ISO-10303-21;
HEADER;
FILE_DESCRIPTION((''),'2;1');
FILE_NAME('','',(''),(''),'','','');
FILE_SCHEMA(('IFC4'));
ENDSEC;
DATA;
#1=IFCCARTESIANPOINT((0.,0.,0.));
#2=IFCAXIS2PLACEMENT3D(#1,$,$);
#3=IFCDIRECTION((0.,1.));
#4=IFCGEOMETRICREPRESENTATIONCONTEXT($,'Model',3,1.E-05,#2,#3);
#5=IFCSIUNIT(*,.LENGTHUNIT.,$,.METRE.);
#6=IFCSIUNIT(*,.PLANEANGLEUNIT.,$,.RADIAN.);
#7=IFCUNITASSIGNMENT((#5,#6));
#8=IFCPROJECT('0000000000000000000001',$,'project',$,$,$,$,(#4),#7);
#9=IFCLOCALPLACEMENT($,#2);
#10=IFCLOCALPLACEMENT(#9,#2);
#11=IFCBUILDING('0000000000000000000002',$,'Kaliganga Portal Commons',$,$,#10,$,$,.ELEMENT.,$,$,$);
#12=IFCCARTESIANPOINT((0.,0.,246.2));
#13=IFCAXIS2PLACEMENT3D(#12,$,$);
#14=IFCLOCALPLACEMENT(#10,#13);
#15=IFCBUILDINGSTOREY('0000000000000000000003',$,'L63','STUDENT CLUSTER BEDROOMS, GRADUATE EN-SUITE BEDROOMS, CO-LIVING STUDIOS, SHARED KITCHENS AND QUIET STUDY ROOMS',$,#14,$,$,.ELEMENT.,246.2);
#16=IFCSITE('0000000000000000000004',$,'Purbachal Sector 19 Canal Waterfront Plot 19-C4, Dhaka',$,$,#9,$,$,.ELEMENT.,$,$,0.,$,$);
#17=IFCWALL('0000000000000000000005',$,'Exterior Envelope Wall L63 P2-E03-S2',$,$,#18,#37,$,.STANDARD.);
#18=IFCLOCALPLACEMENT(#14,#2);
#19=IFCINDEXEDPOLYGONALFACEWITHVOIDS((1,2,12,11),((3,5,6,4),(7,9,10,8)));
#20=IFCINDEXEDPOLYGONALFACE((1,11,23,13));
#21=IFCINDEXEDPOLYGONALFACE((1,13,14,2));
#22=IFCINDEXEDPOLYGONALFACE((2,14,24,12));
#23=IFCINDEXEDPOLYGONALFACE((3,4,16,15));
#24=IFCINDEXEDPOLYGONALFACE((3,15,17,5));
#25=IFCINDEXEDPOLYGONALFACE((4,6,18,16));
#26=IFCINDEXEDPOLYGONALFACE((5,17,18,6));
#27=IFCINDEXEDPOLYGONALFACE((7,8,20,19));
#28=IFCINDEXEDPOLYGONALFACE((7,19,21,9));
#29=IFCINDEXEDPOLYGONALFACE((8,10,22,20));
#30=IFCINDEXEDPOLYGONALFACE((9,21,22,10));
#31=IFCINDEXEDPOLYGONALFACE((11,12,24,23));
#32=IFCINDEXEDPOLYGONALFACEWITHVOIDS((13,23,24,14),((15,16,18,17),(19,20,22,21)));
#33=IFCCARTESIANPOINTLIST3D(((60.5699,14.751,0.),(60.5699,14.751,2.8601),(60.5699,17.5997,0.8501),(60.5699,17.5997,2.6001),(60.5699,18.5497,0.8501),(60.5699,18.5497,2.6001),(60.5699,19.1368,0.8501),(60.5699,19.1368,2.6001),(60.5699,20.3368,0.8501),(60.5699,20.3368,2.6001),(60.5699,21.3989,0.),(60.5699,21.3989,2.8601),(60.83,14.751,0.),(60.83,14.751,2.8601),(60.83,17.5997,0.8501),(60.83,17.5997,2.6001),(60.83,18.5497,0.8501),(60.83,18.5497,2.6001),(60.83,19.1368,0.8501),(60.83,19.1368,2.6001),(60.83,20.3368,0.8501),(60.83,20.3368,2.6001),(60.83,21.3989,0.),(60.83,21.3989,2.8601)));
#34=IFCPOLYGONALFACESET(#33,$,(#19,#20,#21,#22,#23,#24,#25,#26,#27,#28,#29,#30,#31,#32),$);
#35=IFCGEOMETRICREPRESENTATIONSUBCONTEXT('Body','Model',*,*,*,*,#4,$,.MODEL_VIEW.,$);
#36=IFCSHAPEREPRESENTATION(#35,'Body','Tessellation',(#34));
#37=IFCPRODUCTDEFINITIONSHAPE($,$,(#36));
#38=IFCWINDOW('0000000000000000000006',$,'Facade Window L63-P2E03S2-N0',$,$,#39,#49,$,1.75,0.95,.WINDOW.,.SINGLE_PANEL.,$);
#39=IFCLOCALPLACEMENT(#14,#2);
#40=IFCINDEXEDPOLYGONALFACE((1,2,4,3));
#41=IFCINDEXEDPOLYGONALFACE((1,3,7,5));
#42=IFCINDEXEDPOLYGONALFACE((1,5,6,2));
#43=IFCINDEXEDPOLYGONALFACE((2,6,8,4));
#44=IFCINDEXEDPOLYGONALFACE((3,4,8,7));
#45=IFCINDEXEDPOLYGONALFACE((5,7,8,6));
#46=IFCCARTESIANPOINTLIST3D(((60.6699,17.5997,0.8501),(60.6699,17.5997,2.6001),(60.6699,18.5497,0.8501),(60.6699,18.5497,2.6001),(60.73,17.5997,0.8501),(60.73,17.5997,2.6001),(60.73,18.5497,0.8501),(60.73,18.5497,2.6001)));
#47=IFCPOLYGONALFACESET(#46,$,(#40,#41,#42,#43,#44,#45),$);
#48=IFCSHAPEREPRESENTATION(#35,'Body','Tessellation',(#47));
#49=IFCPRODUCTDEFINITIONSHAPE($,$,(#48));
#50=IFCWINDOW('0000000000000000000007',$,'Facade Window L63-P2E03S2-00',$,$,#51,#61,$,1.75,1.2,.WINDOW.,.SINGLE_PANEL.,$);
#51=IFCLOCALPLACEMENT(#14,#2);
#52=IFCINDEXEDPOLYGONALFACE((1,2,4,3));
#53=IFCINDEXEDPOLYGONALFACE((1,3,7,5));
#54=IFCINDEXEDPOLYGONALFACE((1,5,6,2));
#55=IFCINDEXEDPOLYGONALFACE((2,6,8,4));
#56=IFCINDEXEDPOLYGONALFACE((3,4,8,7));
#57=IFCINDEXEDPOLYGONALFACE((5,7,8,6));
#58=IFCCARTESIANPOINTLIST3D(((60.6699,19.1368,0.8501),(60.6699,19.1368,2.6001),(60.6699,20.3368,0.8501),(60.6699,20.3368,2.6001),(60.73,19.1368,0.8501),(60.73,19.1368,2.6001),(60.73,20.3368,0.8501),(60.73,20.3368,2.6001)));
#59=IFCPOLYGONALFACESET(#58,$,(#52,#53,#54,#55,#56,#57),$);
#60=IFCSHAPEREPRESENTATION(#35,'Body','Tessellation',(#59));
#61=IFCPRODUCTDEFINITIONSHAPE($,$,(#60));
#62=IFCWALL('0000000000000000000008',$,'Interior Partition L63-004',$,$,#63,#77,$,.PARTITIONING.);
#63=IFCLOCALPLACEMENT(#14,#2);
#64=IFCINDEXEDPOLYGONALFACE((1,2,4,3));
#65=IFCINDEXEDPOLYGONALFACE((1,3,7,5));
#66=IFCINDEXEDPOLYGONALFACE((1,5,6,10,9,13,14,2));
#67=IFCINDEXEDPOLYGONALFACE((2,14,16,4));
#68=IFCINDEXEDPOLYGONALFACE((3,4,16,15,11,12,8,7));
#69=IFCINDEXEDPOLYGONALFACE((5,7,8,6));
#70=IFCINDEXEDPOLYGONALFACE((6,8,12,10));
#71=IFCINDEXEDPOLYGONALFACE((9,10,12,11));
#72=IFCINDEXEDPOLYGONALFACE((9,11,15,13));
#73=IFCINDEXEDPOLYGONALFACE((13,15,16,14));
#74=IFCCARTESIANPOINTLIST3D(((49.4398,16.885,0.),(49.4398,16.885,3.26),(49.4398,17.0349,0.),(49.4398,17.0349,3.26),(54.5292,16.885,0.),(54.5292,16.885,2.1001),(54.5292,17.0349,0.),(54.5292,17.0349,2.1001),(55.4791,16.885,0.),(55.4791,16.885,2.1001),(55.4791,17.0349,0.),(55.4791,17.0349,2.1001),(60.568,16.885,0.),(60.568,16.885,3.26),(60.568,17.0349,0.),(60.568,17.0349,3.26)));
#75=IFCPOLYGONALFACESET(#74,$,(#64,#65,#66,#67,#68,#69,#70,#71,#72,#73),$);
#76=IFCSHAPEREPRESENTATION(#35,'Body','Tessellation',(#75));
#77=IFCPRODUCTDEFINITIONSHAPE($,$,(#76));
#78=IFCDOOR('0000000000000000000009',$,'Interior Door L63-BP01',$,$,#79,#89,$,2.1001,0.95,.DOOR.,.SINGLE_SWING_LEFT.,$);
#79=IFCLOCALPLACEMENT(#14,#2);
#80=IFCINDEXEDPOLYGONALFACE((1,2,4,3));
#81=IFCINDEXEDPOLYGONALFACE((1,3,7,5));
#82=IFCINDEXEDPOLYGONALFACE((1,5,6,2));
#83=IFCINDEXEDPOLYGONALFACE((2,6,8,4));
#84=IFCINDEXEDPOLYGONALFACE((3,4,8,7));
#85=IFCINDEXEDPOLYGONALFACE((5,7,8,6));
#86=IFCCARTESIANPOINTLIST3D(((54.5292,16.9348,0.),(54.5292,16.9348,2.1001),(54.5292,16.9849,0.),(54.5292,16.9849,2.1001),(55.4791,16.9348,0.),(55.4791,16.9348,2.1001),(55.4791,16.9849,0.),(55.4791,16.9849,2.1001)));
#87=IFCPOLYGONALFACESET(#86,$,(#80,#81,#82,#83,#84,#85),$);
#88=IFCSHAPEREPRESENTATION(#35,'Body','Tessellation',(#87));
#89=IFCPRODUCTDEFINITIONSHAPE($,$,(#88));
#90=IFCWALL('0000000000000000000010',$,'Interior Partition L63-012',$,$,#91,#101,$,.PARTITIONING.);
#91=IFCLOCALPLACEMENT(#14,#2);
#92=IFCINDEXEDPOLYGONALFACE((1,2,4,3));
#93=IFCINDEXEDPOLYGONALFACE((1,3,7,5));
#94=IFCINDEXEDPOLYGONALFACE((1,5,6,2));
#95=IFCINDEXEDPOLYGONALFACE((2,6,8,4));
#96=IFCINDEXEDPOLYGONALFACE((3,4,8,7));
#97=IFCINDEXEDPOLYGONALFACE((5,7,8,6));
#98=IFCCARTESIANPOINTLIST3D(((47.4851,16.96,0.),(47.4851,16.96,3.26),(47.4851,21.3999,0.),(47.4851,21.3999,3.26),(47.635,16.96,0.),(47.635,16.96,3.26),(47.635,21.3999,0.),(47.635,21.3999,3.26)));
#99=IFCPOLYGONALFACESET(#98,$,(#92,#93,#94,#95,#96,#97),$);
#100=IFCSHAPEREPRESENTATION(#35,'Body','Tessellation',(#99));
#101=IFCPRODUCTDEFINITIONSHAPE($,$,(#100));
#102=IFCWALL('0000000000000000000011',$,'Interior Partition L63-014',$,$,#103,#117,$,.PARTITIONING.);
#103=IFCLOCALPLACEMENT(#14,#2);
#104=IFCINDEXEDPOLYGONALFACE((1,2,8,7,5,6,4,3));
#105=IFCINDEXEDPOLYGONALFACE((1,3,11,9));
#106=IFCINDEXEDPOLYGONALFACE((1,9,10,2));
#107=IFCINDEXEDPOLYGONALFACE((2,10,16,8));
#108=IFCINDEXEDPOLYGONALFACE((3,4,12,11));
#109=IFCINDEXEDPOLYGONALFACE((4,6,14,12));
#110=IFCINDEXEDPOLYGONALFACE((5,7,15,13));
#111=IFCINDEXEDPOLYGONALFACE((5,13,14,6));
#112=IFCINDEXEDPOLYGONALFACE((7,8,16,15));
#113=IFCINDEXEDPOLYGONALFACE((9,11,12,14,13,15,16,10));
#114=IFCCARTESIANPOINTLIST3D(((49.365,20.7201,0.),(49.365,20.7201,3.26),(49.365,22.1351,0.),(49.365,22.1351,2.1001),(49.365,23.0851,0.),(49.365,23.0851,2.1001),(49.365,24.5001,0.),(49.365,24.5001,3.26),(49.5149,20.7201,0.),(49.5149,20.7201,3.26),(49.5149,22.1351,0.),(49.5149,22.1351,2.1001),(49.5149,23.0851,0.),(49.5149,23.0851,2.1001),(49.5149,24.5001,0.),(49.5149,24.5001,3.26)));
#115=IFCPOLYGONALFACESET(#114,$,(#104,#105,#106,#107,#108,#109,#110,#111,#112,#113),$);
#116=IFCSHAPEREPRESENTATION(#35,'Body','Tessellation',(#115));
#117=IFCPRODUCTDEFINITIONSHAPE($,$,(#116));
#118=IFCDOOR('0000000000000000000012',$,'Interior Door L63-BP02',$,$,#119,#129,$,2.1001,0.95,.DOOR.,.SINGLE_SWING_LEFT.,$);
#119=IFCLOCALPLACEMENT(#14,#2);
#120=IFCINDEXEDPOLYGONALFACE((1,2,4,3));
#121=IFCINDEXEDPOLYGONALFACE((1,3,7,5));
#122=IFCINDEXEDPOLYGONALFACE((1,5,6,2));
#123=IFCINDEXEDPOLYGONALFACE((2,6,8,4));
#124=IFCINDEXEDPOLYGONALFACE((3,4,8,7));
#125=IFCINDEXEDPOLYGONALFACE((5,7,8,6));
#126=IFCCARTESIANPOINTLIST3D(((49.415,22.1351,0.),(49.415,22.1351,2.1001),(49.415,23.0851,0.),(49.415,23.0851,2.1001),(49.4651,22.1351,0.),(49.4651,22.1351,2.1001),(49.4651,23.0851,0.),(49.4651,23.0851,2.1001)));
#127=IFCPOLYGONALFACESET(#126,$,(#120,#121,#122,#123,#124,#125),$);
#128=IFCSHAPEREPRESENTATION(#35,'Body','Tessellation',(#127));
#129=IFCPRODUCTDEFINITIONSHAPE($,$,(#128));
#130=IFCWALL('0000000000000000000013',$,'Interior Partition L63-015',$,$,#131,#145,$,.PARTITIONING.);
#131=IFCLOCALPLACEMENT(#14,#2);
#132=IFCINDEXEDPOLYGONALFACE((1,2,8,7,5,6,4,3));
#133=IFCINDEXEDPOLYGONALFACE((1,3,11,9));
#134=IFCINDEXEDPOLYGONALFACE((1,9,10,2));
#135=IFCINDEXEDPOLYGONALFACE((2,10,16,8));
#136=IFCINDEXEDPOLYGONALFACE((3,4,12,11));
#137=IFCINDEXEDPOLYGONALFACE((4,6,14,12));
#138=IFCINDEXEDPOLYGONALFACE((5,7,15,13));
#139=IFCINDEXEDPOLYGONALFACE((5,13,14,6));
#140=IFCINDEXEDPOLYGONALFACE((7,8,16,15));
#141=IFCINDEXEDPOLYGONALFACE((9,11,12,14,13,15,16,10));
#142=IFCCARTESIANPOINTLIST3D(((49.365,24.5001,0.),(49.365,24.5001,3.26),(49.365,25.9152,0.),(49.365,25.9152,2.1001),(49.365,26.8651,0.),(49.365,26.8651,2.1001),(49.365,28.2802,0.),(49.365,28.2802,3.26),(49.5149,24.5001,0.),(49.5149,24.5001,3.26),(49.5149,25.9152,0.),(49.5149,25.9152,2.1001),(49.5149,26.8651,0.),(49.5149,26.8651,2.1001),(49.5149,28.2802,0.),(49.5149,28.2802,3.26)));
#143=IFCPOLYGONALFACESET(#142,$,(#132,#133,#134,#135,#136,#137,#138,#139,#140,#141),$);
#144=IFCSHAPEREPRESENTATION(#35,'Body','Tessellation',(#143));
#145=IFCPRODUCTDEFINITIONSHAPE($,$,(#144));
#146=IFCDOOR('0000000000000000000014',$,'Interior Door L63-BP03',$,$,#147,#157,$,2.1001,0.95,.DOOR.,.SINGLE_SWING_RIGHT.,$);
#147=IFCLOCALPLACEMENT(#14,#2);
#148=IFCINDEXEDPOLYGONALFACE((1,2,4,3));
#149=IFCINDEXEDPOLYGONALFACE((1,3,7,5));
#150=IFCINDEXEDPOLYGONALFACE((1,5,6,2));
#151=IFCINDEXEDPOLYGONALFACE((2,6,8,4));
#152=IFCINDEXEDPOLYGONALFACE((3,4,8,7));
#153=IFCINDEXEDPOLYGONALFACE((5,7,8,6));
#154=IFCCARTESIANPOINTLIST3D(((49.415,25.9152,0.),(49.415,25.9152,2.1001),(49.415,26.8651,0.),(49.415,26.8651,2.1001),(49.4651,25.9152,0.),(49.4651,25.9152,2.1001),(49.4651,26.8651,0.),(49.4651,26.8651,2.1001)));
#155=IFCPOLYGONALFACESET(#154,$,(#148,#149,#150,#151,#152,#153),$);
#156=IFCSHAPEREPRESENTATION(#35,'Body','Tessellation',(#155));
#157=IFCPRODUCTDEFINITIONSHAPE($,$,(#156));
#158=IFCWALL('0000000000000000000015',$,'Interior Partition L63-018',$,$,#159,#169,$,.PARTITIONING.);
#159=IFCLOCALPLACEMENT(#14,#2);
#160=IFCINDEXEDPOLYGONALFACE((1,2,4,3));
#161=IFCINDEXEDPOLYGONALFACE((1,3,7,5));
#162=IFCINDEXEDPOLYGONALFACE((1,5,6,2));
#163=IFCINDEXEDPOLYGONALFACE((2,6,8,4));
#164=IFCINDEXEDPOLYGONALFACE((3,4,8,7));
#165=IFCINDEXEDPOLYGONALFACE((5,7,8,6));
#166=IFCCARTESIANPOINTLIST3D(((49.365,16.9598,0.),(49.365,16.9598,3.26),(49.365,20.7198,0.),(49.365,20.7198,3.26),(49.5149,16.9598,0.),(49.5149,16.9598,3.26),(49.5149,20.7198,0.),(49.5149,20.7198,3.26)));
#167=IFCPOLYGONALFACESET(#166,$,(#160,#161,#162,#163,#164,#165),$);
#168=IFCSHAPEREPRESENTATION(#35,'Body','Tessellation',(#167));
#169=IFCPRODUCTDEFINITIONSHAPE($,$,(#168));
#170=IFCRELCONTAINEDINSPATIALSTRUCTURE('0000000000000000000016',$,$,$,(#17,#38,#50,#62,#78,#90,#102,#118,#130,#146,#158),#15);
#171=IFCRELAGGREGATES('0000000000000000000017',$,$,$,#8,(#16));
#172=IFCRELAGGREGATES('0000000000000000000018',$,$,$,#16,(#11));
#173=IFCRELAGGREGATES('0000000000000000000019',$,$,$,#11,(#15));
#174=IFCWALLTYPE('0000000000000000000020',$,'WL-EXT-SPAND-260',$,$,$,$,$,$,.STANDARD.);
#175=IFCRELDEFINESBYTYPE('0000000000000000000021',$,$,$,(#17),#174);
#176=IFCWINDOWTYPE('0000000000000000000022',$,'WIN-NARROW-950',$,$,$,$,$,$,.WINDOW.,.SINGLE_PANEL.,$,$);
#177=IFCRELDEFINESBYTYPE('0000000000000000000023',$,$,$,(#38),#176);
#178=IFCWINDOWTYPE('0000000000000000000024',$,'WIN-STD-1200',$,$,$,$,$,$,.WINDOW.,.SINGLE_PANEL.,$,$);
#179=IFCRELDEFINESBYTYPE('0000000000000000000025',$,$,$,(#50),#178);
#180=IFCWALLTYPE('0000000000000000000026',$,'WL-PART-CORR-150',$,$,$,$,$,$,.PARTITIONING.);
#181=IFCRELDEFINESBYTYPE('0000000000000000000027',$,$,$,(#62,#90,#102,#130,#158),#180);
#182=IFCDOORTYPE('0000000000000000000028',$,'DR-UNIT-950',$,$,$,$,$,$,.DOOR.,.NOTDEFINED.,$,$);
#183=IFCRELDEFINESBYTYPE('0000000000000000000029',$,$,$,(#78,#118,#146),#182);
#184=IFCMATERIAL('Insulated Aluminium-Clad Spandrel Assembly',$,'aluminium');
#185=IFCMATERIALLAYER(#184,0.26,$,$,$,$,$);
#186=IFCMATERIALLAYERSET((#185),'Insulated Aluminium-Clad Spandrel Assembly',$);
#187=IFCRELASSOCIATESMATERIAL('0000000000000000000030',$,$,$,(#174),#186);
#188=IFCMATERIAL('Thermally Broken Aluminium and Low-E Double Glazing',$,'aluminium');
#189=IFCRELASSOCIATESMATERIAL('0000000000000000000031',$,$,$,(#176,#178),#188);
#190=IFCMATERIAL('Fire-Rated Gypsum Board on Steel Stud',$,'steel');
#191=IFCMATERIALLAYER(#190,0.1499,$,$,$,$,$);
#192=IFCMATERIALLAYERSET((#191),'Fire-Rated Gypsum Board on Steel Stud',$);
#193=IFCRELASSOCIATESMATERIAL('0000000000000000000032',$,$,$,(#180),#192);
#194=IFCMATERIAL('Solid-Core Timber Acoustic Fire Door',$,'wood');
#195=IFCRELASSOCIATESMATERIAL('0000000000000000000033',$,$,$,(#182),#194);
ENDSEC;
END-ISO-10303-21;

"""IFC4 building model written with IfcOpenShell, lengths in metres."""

from ifc_helpers import new_model, si_unit, direction, frame, frame_2d, origin, place, context, subcontext, project, spatial, rectangle, extrude, material, layer, layer_set, type_object, element, fill, save


model = new_model("IFC4")

# Units and contexts
model_context = context("Model", 3, precision=1e-05, world=origin(), true_north=direction((0.0, 1.0)))
body_context = subcontext(model_context, "Body", "Model", "MODEL_VIEW")
ifc_project = project(units=[si_unit("LENGTHUNIT", "METRE"), si_unit("PLANEANGLEUNIT", "RADIAN")], contexts=[model_context])

# Site, building, storey
site_placement = place(None, origin())
site = spatial("IfcSite", under=ifc_project, at=site_placement, Name="Purbachal Sector 19 Canal Waterfront Plot 19-C4, Dhaka", CompositionType="ELEMENT", RefElevation=0.0)
building_placement = place(site_placement, origin())
building = spatial("IfcBuilding", under=site, at=building_placement, Name="Kaliganga Portal Commons", CompositionType="ELEMENT")
storey_placement = place(building_placement, frame((0.0, 0.0, 246.2)))
storey = spatial("IfcBuildingStorey", under=building, at=storey_placement, Name="L63", Description="STUDENT CLUSTER BEDROOMS, GRADUATE EN-SUITE BEDROOMS, CO-LIVING STUDIOS, SHARED KITCHENS AND QUIET STUDY ROOMS", CompositionType="ELEMENT", Elevation=246.2)

# Wall, openings, windows
ifc_material_1 = material(Name="Insulated Aluminium-Clad Spandrel Assembly", Category="aluminium")
ifc_layer_1 = layer(ifc_material_1, 0.26)
ifc_layer_set_1 = layer_set([ifc_layer_1], Name="Insulated Aluminium-Clad Spandrel Assembly")
wall_type_1 = type_object("IfcWallType", Name="WL-EXT-SPAND-260", PredefinedType="STANDARD", material=ifc_layer_set_1)
wall_1_placement = place(storey_placement, frame((60.7, 21.3989, 0.0), z_axis=(0.0, 0.0, 1.0), x_axis=(0.0, -1.0, 0.0)))
wall_1 = element("IfcWall", 1, at=wall_1_placement, inside=storey, type_object=wall_type_1, Name="Exterior Envelope Wall L63 P2-E03-S2", PredefinedType="STANDARD", context=body_context, shape_type="SweptSolid", body=[
    extrude(rectangle(XDim=6.6479, YDim=0.26, at=frame_2d((3.324, 0.0))), origin(), (0.0, 0.0, 1.0), 2.8601),
])
opening_1_placement = place(wall_1_placement, frame((1.062, 0.0, 0.8501)))
opening_1 = element("IfcOpeningElement", 2, at=opening_1_placement, cuts=wall_1, PredefinedType="OPENING", context=body_context, shape_type="SweptSolid", body=[
    extrude(rectangle(XDim=1.2, YDim=1.75, at=frame_2d((0.6001, 0.875))), frame((0.0, 0.1401, 0.0), z_axis=(0.0, -1.0, 0.0), x_axis=(1.0, 0.0, 0.0)), (0.0, 0.0, 1.0), 0.28),
])
opening_2_placement = place(wall_1_placement, frame((2.8491, 0.0, 0.8501)))
opening_2 = element("IfcOpeningElement", 3, at=opening_2_placement, cuts=wall_1, PredefinedType="OPENING", context=body_context, shape_type="SweptSolid", body=[
    extrude(rectangle(XDim=0.95, YDim=1.75, at=frame_2d((0.4751, 0.875))), frame((0.0, 0.1401, 0.0), z_axis=(0.0, -1.0, 0.0), x_axis=(1.0, 0.0, 0.0)), (0.0, 0.0, 1.0), 0.28),
])
ifc_material_2 = material(Name="Thermally Broken Aluminium and Low-E Double Glazing", Category="aluminium")
window_type_1 = type_object("IfcWindowType", Name="WIN-NARROW-950", PartitioningType="SINGLE_PANEL", PredefinedType="WINDOW", material=ifc_material_2)
window_1_placement = place(opening_2_placement, origin())
window_1 = element("IfcWindow", 4, at=window_1_placement, inside=storey, type_object=window_type_1, Name="Facade Window L63-P2E03S2-N0", OverallHeight=1.75, OverallWidth=0.95, PartitioningType="SINGLE_PANEL", PredefinedType="WINDOW", context=body_context, shape_type="SweptSolid", body=[
    extrude(rectangle(XDim=0.95, YDim=1.75, at=frame_2d((0.4751, 0.875))), frame((0.0, 0.03, 0.0), z_axis=(0.0, -1.0, 0.0), x_axis=(1.0, 0.0, 0.0)), (0.0, 0.0, 1.0), 0.0601),
])
fill(opening_2, window_1)
window_type_2 = type_object("IfcWindowType", Name="WIN-STD-1200", PartitioningType="SINGLE_PANEL", PredefinedType="WINDOW", material=ifc_material_2)
window_2_placement = place(opening_1_placement, origin())
window_2 = element("IfcWindow", 5, at=window_2_placement, inside=storey, type_object=window_type_2, Name="Facade Window L63-P2E03S2-00", OverallHeight=1.75, OverallWidth=1.2, PartitioningType="SINGLE_PANEL", PredefinedType="WINDOW", context=body_context, shape_type="SweptSolid", body=[
    extrude(rectangle(XDim=1.2, YDim=1.75, at=frame_2d((0.6001, 0.875))), frame((0.0, 0.03, 0.0), z_axis=(0.0, -1.0, 0.0), x_axis=(1.0, 0.0, 0.0)), (0.0, 0.0, 1.0), 0.0601),
])
fill(opening_1, window_2)

# Wall, opening, door
ifc_material_3 = material(Name="Fire-Rated Gypsum Board on Steel Stud", Category="steel")
ifc_layer_2 = layer(ifc_material_3, 0.1499)
ifc_layer_set_2 = layer_set([ifc_layer_2], Name="Fire-Rated Gypsum Board on Steel Stud")
wall_type_2 = type_object("IfcWallType", Name="WL-PART-CORR-150", PredefinedType="PARTITIONING", material=ifc_layer_set_2)
wall_2_placement = place(storey_placement, frame((49.4399, 16.96, 0.0), z_axis=(0.0, 0.0, 1.0), x_axis=(1.0, 0.0, 0.0)))
wall_2 = element("IfcWall", 6, at=wall_2_placement, inside=storey, type_object=wall_type_2, Name="Interior Partition L63-004", PredefinedType="PARTITIONING", context=body_context, shape_type="SweptSolid", body=[
    extrude(rectangle(XDim=11.1282, YDim=0.1499, at=frame_2d((5.564, 0.0))), origin(), (0.0, 0.0, 1.0), 3.26),
])
opening_3_placement = place(wall_2_placement, frame((5.0891, 0.0, 0.0)))
opening_3 = element("IfcOpeningElement", 7, at=opening_3_placement, cuts=wall_2, PredefinedType="OPENING", context=body_context, shape_type="SweptSolid", body=[
    extrude(rectangle(XDim=0.95, YDim=2.1001, at=frame_2d((0.4751, 1.05))), frame((0.0, 0.085, 0.0), z_axis=(0.0, -1.0, 0.0), x_axis=(1.0, 0.0, 0.0)), (0.0, 0.0, 1.0), 0.1699),
])
ifc_material_4 = material(Name="Solid-Core Timber Acoustic Fire Door", Category="wood")
door_type = type_object("IfcDoorType", Name="DR-UNIT-950", OperationType="NOTDEFINED", PredefinedType="DOOR", material=ifc_material_4)
door_1_placement = place(opening_3_placement, origin())
door_1 = element("IfcDoor", 8, at=door_1_placement, inside=storey, type_object=door_type, Name="Interior Door L63-BP01", OperationType="SINGLE_SWING_LEFT", OverallHeight=2.1001, OverallWidth=0.95, PredefinedType="DOOR", context=body_context, shape_type="SweptSolid", body=[
    extrude(rectangle(XDim=0.95, YDim=2.1001, at=frame_2d((0.4751, 1.05))), frame((0.0, 0.0249, 0.0), z_axis=(0.0, -1.0, 0.0), x_axis=(1.0, 0.0, 0.0)), (0.0, 0.0, 1.0), 0.05),
])
fill(opening_3, door_1)

# Wall
wall_3_placement = place(storey_placement, frame((47.5601, 16.96, 0.0), z_axis=(0.0, 0.0, 1.0), x_axis=(0.0, 1.0, 0.0)))
element("IfcWall", 9, at=wall_3_placement, inside=storey, type_object=wall_type_2, Name="Interior Partition L63-012", PredefinedType="PARTITIONING", context=body_context, shape_type="SweptSolid", body=[
    extrude(rectangle(XDim=4.4399, YDim=0.1499, at=frame_2d((2.22, 0.0))), origin(), (0.0, 0.0, 1.0), 3.26),
])

# Walls, openings, doors
wall_4_placement = place(storey_placement, frame((49.4399, 20.72, 0.0), z_axis=(0.0, 0.0, 1.0), x_axis=(0.0, 1.0, 0.0)))
wall_4 = element("IfcWall", 10, at=wall_4_placement, inside=storey, type_object=wall_type_2, Name="Interior Partition L63-014", PredefinedType="PARTITIONING", context=body_context, shape_type="SweptSolid", body=[
    extrude(rectangle(XDim=3.78, YDim=0.1499, at=frame_2d((1.8901, 0.0))), origin(), (0.0, 0.0, 1.0), 3.26),
])
opening_4_placement = place(wall_4_placement, frame((1.415, 0.0, 0.0)))
opening_4 = element("IfcOpeningElement", 11, at=opening_4_placement, cuts=wall_4, PredefinedType="OPENING", context=body_context, shape_type="SweptSolid", body=[
    extrude(rectangle(XDim=0.95, YDim=2.1001, at=frame_2d((0.4751, 1.05))), frame((0.0, 0.085, 0.0), z_axis=(0.0, -1.0, 0.0), x_axis=(1.0, 0.0, 0.0)), (0.0, 0.0, 1.0), 0.1699),
])
door_2_placement = place(opening_4_placement, origin())
door_2 = element("IfcDoor", 12, at=door_2_placement, inside=storey, type_object=door_type, Name="Interior Door L63-BP02", OperationType="SINGLE_SWING_LEFT", OverallHeight=2.1001, OverallWidth=0.95, PredefinedType="DOOR", context=body_context, shape_type="SweptSolid", body=[
    extrude(rectangle(XDim=0.95, YDim=2.1001, at=frame_2d((0.4751, 1.05))), frame((0.0, 0.0249, 0.0), z_axis=(0.0, -1.0, 0.0), x_axis=(1.0, 0.0, 0.0)), (0.0, 0.0, 1.0), 0.05),
])
fill(opening_4, door_2)
wall_5_placement = place(storey_placement, frame((49.4399, 24.5, 0.0), z_axis=(0.0, 0.0, 1.0), x_axis=(0.0, 1.0, 0.0)))
wall_5 = element("IfcWall", 13, at=wall_5_placement, inside=storey, type_object=wall_type_2, Name="Interior Partition L63-015", PredefinedType="PARTITIONING", context=body_context, shape_type="SweptSolid", body=[
    extrude(rectangle(XDim=3.78, YDim=0.1499, at=frame_2d((1.8901, 0.0))), origin(), (0.0, 0.0, 1.0), 3.26),
])
opening_5_placement = place(wall_5_placement, frame((1.415, 0.0, 0.0)))
opening_5 = element("IfcOpeningElement", 14, at=opening_5_placement, cuts=wall_5, PredefinedType="OPENING", context=body_context, shape_type="SweptSolid", body=[
    extrude(rectangle(XDim=0.95, YDim=2.1001, at=frame_2d((0.4751, 1.05))), frame((0.0, 0.085, 0.0), z_axis=(0.0, -1.0, 0.0), x_axis=(1.0, 0.0, 0.0)), (0.0, 0.0, 1.0), 0.1699),
])
door_3_placement = place(opening_5_placement, origin())
door_3 = element("IfcDoor", 15, at=door_3_placement, inside=storey, type_object=door_type, Name="Interior Door L63-BP03", OperationType="SINGLE_SWING_RIGHT", OverallHeight=2.1001, OverallWidth=0.95, PredefinedType="DOOR", context=body_context, shape_type="SweptSolid", body=[
    extrude(rectangle(XDim=0.95, YDim=2.1001, at=frame_2d((0.4751, 1.05))), frame((0.0, 0.0249, 0.0), z_axis=(0.0, -1.0, 0.0), x_axis=(1.0, 0.0, 0.0)), (0.0, 0.0, 1.0), 0.05),
])
fill(opening_5, door_3)

# Wall
wall_6_placement = place(storey_placement, frame((49.4399, 16.96, 0.0), z_axis=(0.0, 0.0, 1.0), x_axis=(0.0, 1.0, 0.0)))
element("IfcWall", 16, at=wall_6_placement, inside=storey, type_object=wall_type_2, Name="Interior Partition L63-018", PredefinedType="PARTITIONING", context=body_context, shape_type="SweptSolid", body=[
    extrude(rectangle(XDim=3.76, YDim=0.1499, at=frame_2d((1.8799, 0.0))), origin(), (0.0, 0.0, 1.0), 3.26),
])

save(model, "model.ifc")
